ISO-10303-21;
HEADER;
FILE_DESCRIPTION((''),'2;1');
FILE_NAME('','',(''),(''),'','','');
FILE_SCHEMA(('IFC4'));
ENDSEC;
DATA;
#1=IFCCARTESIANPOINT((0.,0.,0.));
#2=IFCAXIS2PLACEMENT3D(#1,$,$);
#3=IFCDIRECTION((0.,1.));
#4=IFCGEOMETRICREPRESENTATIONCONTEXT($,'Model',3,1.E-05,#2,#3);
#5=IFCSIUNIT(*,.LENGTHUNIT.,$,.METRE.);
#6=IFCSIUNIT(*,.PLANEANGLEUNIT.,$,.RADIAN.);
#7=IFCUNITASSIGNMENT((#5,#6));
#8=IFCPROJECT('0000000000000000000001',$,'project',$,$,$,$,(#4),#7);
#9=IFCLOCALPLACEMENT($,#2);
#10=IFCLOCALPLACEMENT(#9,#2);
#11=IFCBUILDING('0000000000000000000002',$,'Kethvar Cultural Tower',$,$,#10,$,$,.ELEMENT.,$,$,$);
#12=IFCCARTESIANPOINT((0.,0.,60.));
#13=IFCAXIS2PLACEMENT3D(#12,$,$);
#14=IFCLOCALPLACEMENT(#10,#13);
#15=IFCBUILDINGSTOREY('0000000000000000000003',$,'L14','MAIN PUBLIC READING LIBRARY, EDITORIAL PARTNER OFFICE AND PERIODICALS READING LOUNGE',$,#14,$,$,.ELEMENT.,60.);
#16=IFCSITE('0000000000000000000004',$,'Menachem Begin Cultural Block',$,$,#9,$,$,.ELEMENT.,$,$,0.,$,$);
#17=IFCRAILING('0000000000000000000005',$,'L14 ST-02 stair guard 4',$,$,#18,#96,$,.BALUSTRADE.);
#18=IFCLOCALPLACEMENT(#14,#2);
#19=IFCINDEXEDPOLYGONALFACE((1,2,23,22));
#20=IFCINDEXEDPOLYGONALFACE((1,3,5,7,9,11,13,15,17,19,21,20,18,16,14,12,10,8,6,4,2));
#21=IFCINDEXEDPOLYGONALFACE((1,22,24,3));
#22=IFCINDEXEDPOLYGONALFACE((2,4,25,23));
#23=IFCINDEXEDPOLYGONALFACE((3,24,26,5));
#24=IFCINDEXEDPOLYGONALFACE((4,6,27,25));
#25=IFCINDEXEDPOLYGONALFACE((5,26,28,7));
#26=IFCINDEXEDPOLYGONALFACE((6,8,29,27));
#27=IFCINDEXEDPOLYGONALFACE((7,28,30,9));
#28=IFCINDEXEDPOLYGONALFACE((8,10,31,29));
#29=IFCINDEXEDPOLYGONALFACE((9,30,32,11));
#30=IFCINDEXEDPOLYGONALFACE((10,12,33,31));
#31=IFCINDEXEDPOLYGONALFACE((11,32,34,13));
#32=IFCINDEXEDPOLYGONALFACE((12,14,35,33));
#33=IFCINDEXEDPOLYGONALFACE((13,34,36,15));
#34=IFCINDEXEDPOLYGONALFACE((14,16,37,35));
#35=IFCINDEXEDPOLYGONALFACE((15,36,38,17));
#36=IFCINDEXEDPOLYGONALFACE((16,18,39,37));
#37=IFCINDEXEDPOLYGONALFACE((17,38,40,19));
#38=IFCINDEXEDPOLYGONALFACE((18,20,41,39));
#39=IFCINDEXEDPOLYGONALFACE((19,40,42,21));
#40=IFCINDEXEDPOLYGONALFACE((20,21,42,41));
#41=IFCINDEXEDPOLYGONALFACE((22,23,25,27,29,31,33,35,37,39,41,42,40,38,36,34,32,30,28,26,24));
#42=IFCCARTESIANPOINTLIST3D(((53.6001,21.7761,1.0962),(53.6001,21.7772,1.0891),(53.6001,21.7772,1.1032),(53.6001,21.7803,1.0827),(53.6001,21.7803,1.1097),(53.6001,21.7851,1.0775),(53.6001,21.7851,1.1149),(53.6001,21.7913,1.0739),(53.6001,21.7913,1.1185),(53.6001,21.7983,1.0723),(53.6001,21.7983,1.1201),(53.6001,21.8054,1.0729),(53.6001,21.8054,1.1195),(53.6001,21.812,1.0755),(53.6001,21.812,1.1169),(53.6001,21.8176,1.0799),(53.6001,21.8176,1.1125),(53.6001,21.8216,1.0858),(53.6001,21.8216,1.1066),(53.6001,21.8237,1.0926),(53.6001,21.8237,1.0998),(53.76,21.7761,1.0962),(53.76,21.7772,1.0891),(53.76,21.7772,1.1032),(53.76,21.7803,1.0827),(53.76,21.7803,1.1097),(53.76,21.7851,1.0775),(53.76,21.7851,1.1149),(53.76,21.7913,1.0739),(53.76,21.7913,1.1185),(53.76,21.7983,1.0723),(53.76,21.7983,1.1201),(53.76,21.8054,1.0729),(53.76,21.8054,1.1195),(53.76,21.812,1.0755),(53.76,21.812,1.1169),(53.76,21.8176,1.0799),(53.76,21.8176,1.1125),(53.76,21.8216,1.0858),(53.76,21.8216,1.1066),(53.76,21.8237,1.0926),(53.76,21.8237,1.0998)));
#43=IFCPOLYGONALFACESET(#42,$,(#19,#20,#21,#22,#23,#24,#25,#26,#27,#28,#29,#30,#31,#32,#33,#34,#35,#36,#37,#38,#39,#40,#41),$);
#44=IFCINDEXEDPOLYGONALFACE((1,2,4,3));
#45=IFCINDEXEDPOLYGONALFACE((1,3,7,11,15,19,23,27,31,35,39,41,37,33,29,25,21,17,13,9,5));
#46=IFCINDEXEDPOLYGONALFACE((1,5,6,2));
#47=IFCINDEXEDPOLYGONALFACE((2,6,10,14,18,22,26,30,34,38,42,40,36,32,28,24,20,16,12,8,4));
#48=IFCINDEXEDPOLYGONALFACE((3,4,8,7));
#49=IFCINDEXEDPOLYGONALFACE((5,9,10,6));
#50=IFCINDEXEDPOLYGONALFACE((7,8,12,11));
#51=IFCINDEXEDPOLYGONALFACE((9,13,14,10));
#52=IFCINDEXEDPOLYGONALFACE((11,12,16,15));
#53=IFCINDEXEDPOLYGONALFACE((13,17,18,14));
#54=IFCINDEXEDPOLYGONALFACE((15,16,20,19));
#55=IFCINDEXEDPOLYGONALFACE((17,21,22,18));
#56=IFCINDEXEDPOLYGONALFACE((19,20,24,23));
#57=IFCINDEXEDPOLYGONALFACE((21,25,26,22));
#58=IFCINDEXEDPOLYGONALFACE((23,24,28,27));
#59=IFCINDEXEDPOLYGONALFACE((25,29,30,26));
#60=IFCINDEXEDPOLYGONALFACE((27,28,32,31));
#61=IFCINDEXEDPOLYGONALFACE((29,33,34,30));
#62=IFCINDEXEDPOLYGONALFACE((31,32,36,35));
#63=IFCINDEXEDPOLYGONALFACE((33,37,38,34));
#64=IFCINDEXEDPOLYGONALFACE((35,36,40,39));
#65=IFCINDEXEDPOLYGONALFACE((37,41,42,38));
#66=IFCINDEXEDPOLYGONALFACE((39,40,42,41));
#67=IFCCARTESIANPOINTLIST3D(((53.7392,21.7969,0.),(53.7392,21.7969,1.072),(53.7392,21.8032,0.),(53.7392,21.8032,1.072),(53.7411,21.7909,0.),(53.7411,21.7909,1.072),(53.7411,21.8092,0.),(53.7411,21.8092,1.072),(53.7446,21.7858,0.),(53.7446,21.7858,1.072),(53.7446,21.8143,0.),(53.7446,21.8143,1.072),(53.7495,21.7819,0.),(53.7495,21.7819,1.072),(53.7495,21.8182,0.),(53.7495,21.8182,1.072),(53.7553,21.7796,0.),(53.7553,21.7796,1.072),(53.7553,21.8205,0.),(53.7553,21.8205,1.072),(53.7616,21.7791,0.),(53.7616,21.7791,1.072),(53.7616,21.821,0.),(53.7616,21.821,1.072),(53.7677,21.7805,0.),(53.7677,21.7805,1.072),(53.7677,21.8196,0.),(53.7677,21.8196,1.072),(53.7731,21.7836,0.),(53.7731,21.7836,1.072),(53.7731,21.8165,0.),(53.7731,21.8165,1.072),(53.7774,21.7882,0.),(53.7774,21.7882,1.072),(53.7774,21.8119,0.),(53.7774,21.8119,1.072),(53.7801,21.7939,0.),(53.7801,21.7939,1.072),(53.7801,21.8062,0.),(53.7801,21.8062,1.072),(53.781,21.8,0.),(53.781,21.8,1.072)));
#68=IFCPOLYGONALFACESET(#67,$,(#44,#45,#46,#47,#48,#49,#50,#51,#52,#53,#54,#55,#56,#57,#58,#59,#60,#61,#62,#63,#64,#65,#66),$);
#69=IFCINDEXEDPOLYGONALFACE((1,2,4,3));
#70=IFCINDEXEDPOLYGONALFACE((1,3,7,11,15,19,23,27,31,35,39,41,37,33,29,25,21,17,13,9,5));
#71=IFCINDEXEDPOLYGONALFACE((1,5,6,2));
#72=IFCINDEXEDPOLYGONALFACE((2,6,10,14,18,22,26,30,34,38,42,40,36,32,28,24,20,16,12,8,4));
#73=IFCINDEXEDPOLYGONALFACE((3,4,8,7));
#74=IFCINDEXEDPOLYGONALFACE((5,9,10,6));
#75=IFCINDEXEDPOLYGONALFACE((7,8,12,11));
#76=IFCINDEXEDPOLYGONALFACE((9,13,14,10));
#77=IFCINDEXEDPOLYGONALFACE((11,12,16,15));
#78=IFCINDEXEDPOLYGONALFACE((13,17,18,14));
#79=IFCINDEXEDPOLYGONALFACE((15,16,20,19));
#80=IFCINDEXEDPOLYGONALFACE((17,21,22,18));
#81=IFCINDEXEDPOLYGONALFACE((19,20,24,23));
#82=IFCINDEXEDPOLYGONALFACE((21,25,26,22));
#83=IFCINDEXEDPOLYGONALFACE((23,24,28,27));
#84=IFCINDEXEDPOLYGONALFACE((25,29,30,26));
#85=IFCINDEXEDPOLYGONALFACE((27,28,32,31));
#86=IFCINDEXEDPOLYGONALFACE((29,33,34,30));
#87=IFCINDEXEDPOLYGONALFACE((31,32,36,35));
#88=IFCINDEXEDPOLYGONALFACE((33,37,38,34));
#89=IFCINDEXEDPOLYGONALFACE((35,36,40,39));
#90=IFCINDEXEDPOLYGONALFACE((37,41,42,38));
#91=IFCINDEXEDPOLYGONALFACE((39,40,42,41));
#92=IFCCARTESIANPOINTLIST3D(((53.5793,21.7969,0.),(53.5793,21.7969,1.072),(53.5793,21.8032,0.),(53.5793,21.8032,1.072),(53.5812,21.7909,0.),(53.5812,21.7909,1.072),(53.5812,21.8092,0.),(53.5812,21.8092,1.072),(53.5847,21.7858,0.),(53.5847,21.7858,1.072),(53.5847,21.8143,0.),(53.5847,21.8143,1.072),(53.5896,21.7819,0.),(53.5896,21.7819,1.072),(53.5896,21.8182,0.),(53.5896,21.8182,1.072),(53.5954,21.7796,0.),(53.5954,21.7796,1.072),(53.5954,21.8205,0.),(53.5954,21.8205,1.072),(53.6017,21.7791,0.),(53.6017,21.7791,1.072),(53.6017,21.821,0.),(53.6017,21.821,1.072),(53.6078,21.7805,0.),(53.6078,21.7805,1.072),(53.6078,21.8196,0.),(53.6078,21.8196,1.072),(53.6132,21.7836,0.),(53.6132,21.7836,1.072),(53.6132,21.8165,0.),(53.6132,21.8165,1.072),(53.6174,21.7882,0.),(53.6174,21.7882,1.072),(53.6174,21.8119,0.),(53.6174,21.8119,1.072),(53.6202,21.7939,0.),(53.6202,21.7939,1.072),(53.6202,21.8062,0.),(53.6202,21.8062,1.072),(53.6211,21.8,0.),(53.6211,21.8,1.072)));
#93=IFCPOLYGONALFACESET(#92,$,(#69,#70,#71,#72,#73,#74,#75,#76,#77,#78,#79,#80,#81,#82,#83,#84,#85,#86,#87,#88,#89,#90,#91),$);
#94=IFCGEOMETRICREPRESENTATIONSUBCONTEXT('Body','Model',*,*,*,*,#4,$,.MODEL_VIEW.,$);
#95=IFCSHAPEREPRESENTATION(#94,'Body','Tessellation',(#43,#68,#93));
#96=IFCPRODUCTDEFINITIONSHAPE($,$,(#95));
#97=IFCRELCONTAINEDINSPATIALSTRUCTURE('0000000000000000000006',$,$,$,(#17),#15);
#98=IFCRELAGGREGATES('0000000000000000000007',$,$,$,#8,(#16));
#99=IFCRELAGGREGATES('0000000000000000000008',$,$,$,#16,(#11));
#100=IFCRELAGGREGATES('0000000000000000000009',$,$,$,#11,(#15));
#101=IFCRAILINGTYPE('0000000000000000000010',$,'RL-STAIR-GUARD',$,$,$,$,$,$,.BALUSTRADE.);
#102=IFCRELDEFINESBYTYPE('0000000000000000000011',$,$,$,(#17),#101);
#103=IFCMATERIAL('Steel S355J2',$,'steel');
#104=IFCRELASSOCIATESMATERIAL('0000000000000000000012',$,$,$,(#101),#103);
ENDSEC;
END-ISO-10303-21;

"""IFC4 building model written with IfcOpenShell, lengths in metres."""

from ifc_helpers import new_model, si_unit, direction, frame, origin, origin_2d, place, context, subcontext, project, spatial, circle, extrude, material, type_object, element, save


model = new_model("IFC4")

# Units and contexts
model_context = context("Model", 3, precision=1e-05, world=origin(), true_north=direction((0.0, 1.0)))
body_context = subcontext(model_context, "Body", "Model", "MODEL_VIEW")
ifc_project = project(units=[si_unit("LENGTHUNIT", "METRE"), si_unit("PLANEANGLEUNIT", "RADIAN")], contexts=[model_context])

# Site, building, storey
site_placement = place(None, origin())
site = spatial("IfcSite", under=ifc_project, at=site_placement, Name="Menachem Begin Cultural Block", CompositionType="ELEMENT", RefElevation=0.0)
building_placement = place(site_placement, origin())
building = spatial("IfcBuilding", under=site, at=building_placement, Name="Kethvar Cultural Tower", CompositionType="ELEMENT")
storey_placement = place(building_placement, frame((0.0, 0.0, 60.0)))
storey = spatial("IfcBuildingStorey", under=building, at=storey_placement, Name="L14", Description="MAIN PUBLIC READING LIBRARY, EDITORIAL PARTNER OFFICE AND PERIODICALS READING LOUNGE", CompositionType="ELEMENT", Elevation=60.0)

# Shared definitions
ifc_material_1 = material(Name="Steel S355J2", Category="steel")

# Railing
railing_type_1 = type_object("IfcRailingType", Name="RL-STAIR-GUARD", PredefinedType="BALUSTRADE", material=ifc_material_1)
railing_1_placement = place(storey_placement, frame((53.76, 21.8, 0.0)))
element("IfcRailing", 1, at=railing_1_placement, inside=storey, type_object=railing_type_1, Name="L14 ST-02 stair guard 4", PredefinedType="BALUSTRADE", context=body_context, shape_type="SweptSolid", body=[
    extrude(circle(Radius=0.0239, at=origin_2d()), frame((0.0, 0.0, 1.0962), z_axis=(-1.0, 0.0, 0.0), x_axis=(0.0, -1.0, 0.0)), (0.0, 0.0, 1.0), 0.1599),
    extrude(circle(Radius=0.021, at=origin_2d()), origin(), (0.0, 0.0, 1.0), 1.072),
    extrude(circle(Radius=0.021, at=origin_2d()), frame((-0.1599, 0.0, 0.0)), (0.0, 0.0, 1.0), 1.072),
])

save(model, "model.ifc")
